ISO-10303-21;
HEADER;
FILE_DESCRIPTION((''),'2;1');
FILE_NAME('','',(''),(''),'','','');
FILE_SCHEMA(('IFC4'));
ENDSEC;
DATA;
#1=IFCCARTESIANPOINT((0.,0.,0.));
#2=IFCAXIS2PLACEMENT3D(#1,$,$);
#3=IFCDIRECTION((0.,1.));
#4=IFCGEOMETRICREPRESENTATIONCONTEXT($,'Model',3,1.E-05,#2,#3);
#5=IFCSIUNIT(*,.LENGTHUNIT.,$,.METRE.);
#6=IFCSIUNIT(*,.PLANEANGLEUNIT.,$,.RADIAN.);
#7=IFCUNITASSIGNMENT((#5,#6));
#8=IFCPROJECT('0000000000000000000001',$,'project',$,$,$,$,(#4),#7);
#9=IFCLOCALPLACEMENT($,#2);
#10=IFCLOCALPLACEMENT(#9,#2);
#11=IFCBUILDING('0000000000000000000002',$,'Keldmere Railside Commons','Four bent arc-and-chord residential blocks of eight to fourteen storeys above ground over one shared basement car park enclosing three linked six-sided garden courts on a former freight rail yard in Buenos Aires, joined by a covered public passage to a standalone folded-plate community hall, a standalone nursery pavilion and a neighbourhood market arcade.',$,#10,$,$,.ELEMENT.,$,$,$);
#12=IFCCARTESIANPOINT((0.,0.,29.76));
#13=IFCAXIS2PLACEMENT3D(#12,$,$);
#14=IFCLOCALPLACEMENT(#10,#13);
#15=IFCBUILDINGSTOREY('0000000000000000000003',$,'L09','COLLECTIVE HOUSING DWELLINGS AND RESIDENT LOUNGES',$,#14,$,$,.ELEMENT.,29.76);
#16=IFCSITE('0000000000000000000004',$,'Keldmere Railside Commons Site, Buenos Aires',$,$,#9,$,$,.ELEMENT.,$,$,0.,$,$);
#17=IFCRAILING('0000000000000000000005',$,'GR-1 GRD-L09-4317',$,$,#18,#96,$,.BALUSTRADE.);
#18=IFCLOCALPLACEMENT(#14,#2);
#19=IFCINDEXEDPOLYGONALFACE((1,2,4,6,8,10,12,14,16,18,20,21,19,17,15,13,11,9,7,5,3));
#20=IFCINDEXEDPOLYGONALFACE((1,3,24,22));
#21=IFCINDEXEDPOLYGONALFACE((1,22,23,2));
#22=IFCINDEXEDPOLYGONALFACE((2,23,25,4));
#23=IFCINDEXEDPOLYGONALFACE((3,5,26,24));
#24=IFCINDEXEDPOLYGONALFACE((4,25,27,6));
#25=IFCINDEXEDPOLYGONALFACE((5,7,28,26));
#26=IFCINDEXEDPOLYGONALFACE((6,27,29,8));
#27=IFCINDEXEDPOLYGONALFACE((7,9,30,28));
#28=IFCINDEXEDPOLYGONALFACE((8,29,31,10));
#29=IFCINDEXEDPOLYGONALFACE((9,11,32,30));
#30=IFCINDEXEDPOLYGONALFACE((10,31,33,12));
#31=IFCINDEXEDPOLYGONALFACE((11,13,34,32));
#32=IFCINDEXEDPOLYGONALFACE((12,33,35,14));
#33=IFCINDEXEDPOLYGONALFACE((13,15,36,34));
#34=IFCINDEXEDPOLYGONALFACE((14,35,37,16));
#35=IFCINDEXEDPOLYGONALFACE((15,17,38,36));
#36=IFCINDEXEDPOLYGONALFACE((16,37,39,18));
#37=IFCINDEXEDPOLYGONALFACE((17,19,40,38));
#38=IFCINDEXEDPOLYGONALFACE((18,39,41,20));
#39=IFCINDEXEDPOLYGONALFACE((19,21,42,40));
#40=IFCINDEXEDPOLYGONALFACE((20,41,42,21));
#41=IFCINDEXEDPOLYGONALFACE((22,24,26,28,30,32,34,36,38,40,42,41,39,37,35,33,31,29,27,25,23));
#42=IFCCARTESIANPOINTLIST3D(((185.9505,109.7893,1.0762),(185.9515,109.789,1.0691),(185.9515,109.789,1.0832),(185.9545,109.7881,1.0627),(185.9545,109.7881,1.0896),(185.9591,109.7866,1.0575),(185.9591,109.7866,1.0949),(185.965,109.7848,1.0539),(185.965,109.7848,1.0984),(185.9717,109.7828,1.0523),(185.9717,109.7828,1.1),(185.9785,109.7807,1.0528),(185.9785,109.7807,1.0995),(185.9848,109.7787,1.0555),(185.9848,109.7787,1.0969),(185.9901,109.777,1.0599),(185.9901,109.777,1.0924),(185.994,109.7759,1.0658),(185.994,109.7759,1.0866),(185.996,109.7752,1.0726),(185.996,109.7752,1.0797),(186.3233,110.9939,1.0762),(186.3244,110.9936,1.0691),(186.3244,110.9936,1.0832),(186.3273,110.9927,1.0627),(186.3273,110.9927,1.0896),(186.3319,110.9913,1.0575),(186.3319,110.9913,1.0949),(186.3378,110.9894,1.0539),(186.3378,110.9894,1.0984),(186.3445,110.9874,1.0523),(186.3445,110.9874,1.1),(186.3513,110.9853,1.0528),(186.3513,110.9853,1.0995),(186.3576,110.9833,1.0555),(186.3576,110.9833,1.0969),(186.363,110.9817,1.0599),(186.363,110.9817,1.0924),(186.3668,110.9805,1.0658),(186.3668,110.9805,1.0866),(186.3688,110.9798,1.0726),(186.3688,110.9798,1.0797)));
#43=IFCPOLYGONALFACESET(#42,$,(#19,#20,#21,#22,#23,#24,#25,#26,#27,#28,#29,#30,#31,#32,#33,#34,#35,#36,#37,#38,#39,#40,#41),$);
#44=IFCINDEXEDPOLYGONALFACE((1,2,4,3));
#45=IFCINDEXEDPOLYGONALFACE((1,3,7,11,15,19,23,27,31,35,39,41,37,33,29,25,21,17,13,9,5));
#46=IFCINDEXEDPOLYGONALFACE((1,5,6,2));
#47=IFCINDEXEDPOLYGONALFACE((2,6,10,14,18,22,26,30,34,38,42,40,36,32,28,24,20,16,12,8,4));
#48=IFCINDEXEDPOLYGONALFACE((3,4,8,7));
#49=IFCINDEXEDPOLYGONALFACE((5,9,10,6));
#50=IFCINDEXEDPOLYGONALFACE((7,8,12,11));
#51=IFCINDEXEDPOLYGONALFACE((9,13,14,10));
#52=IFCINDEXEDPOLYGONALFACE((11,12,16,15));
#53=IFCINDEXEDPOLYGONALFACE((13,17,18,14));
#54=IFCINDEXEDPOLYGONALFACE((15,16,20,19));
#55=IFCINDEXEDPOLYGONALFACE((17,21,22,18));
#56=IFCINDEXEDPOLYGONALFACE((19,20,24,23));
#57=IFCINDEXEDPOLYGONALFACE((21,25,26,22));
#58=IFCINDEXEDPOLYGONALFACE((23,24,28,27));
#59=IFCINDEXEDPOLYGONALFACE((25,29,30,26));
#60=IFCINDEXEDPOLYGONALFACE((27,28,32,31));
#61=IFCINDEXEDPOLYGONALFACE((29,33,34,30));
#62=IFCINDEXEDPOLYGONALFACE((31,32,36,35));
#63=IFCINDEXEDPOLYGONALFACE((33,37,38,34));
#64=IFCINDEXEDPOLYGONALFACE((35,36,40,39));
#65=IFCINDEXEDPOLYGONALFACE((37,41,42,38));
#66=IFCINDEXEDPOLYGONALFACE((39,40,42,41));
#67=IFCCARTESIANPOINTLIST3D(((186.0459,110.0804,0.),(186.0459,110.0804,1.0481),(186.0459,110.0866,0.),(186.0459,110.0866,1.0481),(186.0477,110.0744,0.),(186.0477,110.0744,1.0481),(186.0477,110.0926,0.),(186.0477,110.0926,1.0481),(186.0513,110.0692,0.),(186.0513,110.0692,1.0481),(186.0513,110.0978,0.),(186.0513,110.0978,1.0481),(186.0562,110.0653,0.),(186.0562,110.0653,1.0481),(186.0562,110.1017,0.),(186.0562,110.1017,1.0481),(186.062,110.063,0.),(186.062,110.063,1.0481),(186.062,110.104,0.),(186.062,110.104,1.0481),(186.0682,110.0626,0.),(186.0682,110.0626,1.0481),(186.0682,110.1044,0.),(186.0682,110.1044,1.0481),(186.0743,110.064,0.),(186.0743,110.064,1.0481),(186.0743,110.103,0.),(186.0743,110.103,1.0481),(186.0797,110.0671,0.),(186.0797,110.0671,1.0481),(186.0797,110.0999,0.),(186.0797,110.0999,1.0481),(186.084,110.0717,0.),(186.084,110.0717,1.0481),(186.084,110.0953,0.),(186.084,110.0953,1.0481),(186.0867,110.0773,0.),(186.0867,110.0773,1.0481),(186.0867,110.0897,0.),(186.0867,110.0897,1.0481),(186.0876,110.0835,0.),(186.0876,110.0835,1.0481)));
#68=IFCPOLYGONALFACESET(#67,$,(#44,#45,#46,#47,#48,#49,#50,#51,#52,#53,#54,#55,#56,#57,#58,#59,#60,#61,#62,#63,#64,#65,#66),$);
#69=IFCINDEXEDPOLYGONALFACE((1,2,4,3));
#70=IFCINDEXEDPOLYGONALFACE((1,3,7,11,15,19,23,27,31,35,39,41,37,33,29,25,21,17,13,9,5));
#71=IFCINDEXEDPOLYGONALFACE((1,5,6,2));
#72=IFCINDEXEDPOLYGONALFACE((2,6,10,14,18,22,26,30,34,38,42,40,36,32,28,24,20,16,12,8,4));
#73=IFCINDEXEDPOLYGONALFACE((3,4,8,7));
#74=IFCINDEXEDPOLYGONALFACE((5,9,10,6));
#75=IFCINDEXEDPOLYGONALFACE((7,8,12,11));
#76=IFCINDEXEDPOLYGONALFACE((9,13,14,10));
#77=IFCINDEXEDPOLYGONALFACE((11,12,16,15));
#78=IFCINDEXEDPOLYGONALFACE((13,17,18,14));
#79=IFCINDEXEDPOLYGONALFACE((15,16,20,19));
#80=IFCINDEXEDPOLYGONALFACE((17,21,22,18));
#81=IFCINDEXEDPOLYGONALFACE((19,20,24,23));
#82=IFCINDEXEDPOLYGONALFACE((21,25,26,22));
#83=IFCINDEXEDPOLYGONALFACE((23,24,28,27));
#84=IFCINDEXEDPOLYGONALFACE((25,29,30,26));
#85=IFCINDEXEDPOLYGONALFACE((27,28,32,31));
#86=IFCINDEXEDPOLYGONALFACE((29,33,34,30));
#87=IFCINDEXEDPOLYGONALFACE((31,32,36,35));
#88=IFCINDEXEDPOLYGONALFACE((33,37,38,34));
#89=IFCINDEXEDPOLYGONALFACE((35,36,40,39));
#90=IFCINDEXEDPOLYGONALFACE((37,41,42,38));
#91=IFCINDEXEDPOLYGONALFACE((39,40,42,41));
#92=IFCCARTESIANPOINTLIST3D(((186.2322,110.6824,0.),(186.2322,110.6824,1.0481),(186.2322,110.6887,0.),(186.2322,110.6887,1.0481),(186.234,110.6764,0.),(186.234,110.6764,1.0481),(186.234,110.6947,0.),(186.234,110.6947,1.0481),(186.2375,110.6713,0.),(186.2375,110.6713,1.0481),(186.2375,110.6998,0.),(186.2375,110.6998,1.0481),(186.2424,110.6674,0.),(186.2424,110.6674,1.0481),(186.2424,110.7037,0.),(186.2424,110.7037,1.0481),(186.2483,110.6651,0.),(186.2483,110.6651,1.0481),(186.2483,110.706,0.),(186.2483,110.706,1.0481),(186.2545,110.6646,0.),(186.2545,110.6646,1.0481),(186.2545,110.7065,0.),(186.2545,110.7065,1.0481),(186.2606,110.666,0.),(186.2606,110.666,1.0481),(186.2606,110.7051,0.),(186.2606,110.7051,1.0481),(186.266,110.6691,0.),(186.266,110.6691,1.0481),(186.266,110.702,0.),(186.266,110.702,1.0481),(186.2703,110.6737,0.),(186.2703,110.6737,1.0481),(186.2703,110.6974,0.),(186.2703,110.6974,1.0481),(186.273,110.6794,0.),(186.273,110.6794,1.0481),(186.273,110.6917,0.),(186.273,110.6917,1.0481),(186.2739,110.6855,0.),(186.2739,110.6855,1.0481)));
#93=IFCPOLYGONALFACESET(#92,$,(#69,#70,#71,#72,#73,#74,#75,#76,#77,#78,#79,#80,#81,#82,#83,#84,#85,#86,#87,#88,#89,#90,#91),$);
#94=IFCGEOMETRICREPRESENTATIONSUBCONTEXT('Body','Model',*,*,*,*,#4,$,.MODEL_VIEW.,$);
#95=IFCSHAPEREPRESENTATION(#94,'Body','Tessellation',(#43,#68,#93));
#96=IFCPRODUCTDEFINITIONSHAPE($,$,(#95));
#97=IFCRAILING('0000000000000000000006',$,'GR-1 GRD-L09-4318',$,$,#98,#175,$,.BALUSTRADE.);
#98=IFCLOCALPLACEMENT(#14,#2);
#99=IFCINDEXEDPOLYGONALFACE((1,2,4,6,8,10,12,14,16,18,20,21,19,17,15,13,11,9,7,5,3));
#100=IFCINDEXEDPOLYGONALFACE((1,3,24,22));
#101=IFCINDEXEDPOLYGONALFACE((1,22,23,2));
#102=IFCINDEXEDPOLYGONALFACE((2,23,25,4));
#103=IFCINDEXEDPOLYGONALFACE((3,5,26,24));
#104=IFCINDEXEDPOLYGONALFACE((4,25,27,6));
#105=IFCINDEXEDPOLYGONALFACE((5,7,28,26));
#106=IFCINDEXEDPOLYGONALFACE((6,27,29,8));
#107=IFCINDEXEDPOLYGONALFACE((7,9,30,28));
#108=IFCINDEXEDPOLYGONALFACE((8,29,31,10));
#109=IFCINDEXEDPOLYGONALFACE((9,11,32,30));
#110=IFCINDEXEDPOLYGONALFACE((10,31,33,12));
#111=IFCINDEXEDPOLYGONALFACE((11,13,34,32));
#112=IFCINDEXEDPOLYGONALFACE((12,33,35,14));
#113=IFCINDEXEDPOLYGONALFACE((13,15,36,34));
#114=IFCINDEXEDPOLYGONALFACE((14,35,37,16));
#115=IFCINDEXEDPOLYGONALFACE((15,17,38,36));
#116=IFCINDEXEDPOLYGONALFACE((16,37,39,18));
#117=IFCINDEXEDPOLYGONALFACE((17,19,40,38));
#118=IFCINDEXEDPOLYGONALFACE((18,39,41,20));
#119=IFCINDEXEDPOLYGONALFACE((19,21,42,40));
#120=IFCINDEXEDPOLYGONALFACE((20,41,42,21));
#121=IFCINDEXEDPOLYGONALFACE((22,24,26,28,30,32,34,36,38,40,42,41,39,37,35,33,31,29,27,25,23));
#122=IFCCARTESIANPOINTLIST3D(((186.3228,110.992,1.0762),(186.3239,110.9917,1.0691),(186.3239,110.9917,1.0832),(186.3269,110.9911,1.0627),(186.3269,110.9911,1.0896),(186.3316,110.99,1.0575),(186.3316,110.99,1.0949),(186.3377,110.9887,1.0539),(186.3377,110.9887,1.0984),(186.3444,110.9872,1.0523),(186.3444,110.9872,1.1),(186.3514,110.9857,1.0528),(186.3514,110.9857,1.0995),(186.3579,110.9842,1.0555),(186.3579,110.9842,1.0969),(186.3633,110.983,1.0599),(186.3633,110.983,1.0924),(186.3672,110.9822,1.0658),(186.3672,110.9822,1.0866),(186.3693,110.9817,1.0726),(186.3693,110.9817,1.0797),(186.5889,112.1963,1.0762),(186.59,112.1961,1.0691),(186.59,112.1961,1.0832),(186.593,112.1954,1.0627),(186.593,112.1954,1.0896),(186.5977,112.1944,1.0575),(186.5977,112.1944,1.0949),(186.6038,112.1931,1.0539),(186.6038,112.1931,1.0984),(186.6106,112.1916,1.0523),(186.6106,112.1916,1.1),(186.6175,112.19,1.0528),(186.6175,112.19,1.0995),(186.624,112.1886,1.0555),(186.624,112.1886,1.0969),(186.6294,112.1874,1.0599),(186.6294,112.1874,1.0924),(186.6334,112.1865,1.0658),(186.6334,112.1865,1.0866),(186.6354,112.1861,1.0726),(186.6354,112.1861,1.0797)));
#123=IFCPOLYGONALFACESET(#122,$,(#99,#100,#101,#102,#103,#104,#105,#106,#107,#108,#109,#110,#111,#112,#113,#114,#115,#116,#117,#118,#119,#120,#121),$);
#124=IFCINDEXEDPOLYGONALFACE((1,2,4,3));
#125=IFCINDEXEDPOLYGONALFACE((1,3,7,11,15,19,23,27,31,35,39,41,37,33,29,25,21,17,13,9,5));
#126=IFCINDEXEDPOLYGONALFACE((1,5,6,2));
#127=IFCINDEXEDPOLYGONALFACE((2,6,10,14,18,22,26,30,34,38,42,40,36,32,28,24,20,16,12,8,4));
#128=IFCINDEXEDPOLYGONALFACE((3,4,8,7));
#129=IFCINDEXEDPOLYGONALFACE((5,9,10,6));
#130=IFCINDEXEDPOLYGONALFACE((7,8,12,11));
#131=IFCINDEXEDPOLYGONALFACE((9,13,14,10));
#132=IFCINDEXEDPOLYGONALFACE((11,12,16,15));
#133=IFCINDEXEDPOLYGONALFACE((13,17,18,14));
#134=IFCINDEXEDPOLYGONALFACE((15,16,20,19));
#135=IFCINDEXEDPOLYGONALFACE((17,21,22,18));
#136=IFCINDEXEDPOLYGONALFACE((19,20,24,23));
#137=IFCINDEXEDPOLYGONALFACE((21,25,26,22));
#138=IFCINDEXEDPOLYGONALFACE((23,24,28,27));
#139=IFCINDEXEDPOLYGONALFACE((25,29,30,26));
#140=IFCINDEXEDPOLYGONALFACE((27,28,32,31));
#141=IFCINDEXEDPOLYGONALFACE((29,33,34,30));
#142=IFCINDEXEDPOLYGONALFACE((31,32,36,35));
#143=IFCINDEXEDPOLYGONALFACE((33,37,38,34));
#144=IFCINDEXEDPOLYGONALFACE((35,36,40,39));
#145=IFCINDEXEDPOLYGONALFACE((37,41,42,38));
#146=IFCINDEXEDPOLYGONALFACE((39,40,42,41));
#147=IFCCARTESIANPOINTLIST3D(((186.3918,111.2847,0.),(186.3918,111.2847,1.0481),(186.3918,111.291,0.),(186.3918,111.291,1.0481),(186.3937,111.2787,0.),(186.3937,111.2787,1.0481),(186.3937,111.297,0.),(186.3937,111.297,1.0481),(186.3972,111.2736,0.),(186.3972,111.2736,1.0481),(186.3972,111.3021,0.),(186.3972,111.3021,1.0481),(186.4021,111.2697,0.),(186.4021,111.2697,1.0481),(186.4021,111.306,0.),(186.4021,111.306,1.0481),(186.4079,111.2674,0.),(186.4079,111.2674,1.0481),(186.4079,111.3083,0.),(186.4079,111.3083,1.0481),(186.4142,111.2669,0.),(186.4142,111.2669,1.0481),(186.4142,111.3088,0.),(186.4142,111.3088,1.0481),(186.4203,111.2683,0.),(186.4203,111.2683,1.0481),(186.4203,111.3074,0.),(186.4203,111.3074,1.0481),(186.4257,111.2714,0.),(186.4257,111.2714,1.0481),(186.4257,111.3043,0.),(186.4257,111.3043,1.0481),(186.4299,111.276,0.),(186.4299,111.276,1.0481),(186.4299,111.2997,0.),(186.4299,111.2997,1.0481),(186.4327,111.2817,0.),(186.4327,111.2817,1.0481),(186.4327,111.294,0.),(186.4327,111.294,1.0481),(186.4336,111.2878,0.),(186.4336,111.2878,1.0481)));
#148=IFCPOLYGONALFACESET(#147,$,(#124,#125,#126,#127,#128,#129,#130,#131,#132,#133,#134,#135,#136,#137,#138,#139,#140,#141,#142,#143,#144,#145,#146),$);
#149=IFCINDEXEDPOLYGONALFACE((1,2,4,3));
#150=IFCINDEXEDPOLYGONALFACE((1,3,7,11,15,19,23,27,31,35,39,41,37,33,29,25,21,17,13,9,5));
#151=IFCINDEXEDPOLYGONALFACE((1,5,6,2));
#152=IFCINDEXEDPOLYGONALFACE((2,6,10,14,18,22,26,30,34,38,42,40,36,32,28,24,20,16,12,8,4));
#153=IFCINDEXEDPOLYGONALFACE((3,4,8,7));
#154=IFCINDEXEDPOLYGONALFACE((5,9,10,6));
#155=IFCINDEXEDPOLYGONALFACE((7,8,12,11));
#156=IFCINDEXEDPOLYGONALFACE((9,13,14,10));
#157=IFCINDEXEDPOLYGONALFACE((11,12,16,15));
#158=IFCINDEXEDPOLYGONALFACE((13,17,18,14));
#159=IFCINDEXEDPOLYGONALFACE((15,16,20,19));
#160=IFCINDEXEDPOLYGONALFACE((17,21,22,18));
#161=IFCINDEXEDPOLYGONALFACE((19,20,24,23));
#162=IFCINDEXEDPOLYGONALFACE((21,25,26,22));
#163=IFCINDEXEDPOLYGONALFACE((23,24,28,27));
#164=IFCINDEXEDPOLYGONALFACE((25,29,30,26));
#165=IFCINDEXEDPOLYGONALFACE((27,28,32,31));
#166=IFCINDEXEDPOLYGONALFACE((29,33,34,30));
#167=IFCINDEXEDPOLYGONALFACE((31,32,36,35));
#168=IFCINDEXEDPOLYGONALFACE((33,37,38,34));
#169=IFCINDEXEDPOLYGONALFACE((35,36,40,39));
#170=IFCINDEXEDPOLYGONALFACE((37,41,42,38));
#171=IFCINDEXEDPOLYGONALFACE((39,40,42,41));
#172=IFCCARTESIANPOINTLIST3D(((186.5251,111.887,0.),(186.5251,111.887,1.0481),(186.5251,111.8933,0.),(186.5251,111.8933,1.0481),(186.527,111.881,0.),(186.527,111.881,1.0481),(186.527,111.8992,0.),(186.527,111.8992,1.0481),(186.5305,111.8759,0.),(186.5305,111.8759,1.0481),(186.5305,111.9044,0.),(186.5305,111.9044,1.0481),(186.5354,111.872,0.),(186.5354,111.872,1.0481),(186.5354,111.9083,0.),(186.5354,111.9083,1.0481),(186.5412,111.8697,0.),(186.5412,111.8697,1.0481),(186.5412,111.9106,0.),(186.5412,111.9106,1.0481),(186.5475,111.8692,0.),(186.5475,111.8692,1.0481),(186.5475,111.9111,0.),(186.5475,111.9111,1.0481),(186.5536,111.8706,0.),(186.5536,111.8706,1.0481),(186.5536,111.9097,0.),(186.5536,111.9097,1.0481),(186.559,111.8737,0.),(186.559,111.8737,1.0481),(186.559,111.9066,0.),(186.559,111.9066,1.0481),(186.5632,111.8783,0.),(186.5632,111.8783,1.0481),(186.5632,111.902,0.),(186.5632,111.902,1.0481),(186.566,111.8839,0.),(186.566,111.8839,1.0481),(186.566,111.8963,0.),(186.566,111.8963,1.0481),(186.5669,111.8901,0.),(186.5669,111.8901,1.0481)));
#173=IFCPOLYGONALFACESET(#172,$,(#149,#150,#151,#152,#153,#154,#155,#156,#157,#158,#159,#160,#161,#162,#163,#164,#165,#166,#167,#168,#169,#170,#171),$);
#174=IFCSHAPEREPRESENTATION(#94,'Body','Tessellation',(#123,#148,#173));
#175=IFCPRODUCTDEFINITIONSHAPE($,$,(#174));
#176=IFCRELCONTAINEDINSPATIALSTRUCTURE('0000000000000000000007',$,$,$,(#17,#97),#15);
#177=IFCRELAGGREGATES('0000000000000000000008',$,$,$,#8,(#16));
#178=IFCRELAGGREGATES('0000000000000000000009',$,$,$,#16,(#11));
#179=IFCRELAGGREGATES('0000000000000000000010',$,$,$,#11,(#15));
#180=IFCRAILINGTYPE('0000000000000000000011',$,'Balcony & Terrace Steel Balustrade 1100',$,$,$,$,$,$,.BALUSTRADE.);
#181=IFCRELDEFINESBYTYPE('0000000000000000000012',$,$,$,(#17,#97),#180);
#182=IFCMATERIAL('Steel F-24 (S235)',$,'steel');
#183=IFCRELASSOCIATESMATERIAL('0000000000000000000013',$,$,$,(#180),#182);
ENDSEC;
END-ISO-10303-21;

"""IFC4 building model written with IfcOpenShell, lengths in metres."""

from ifc_helpers import new_model, si_unit, direction, frame, origin, origin_2d, place, context, subcontext, project, spatial, circle, extrude, material, type_object, element, save


model = new_model("IFC4")

# Units and contexts
model_context = context("Model", 3, precision=1e-05, world=origin(), true_north=direction((0.0, 1.0)))
body_context = subcontext(model_context, "Body", "Model", "MODEL_VIEW")
ifc_project = project(units=[si_unit("LENGTHUNIT", "METRE"), si_unit("PLANEANGLEUNIT", "RADIAN")], contexts=[model_context])

# Site, building, storey
site_placement = place(None, origin())
site = spatial("IfcSite", under=ifc_project, at=site_placement, Name="Keldmere Railside Commons Site, Buenos Aires", CompositionType="ELEMENT", RefElevation=0.0)
building_placement = place(site_placement, origin())
building = spatial("IfcBuilding", under=site, at=building_placement, Name="Keldmere Railside Commons", Description="Four bent arc-and-chord residential blocks of eight to fourteen storeys above ground over one shared basement car park enclosing three linked six-sided garden courts on a former freight rail yard in Buenos Aires, joined by a covered public passage to a standalone folded-plate community hall, a standalone nursery pavilion and a neighbourhood market arcade.", CompositionType="ELEMENT")
storey_placement = place(building_placement, frame((0.0, 0.0, 29.76)))
storey = spatial("IfcBuildingStorey", under=building, at=storey_placement, Name="L09", Description="COLLECTIVE HOUSING DWELLINGS AND RESIDENT LOUNGES", CompositionType="ELEMENT", Elevation=29.76)

# Railings
ifc_material_1 = material(Name="Steel F-24 (S235)", Category="steel")
railing_type = type_object("IfcRailingType", Name="Balcony & Terrace Steel Balustrade 1100", PredefinedType="BALUSTRADE", material=ifc_material_1)
railing_1_placement = place(storey_placement, frame((185.9734, 109.7822, 0.0)))
element("IfcRailing", 1, at=railing_1_placement, inside=storey, type_object=railing_type, Name="GR-1 GRD-L09-4317", PredefinedType="BALUSTRADE", context=body_context, shape_type="SweptSolid", body=[
    extrude(circle(Radius=0.0239, at=origin_2d()), frame((0.0, 0.0, 1.0762), z_axis=(0.29565, 0.955296, 0.0), x_axis=(-0.955296, 0.29565, 0.0)), (0.0, 0.0, 1.0), 1.261),
    extrude(circle(Radius=0.021, at=origin_2d()), frame((0.0933, 0.3013, 0.0)), (0.0, 0.0, 1.0), 1.0481),
    extrude(circle(Radius=0.021, at=origin_2d()), frame((0.2795, 0.9033, 0.0)), (0.0, 0.0, 1.0), 1.0481),
])
railing_2_placement = place(storey_placement, frame((186.3462, 110.9868, 0.0)))
element("IfcRailing", 2, at=railing_2_placement, inside=storey, type_object=railing_type, Name="GR-1 GRD-L09-4318", PredefinedType="BALUSTRADE", context=body_context, shape_type="SweptSolid", body=[
    extrude(circle(Radius=0.0239, at=origin_2d()), frame((0.0, 0.0, 1.0762), z_axis=(0.215757, 0.976447, 0.0), x_axis=(-0.976447, 0.215757, 0.0)), (0.0, 0.0, 1.0), 1.2334),
    extrude(circle(Radius=0.021, at=origin_2d()), frame((0.0664, 0.301, 0.0)), (0.0, 0.0, 1.0), 1.0481),
    extrude(circle(Radius=0.021, at=origin_2d()), frame((0.1997, 0.9033, 0.0)), (0.0, 0.0, 1.0), 1.0481),
])

save(model, "model.ifc")
